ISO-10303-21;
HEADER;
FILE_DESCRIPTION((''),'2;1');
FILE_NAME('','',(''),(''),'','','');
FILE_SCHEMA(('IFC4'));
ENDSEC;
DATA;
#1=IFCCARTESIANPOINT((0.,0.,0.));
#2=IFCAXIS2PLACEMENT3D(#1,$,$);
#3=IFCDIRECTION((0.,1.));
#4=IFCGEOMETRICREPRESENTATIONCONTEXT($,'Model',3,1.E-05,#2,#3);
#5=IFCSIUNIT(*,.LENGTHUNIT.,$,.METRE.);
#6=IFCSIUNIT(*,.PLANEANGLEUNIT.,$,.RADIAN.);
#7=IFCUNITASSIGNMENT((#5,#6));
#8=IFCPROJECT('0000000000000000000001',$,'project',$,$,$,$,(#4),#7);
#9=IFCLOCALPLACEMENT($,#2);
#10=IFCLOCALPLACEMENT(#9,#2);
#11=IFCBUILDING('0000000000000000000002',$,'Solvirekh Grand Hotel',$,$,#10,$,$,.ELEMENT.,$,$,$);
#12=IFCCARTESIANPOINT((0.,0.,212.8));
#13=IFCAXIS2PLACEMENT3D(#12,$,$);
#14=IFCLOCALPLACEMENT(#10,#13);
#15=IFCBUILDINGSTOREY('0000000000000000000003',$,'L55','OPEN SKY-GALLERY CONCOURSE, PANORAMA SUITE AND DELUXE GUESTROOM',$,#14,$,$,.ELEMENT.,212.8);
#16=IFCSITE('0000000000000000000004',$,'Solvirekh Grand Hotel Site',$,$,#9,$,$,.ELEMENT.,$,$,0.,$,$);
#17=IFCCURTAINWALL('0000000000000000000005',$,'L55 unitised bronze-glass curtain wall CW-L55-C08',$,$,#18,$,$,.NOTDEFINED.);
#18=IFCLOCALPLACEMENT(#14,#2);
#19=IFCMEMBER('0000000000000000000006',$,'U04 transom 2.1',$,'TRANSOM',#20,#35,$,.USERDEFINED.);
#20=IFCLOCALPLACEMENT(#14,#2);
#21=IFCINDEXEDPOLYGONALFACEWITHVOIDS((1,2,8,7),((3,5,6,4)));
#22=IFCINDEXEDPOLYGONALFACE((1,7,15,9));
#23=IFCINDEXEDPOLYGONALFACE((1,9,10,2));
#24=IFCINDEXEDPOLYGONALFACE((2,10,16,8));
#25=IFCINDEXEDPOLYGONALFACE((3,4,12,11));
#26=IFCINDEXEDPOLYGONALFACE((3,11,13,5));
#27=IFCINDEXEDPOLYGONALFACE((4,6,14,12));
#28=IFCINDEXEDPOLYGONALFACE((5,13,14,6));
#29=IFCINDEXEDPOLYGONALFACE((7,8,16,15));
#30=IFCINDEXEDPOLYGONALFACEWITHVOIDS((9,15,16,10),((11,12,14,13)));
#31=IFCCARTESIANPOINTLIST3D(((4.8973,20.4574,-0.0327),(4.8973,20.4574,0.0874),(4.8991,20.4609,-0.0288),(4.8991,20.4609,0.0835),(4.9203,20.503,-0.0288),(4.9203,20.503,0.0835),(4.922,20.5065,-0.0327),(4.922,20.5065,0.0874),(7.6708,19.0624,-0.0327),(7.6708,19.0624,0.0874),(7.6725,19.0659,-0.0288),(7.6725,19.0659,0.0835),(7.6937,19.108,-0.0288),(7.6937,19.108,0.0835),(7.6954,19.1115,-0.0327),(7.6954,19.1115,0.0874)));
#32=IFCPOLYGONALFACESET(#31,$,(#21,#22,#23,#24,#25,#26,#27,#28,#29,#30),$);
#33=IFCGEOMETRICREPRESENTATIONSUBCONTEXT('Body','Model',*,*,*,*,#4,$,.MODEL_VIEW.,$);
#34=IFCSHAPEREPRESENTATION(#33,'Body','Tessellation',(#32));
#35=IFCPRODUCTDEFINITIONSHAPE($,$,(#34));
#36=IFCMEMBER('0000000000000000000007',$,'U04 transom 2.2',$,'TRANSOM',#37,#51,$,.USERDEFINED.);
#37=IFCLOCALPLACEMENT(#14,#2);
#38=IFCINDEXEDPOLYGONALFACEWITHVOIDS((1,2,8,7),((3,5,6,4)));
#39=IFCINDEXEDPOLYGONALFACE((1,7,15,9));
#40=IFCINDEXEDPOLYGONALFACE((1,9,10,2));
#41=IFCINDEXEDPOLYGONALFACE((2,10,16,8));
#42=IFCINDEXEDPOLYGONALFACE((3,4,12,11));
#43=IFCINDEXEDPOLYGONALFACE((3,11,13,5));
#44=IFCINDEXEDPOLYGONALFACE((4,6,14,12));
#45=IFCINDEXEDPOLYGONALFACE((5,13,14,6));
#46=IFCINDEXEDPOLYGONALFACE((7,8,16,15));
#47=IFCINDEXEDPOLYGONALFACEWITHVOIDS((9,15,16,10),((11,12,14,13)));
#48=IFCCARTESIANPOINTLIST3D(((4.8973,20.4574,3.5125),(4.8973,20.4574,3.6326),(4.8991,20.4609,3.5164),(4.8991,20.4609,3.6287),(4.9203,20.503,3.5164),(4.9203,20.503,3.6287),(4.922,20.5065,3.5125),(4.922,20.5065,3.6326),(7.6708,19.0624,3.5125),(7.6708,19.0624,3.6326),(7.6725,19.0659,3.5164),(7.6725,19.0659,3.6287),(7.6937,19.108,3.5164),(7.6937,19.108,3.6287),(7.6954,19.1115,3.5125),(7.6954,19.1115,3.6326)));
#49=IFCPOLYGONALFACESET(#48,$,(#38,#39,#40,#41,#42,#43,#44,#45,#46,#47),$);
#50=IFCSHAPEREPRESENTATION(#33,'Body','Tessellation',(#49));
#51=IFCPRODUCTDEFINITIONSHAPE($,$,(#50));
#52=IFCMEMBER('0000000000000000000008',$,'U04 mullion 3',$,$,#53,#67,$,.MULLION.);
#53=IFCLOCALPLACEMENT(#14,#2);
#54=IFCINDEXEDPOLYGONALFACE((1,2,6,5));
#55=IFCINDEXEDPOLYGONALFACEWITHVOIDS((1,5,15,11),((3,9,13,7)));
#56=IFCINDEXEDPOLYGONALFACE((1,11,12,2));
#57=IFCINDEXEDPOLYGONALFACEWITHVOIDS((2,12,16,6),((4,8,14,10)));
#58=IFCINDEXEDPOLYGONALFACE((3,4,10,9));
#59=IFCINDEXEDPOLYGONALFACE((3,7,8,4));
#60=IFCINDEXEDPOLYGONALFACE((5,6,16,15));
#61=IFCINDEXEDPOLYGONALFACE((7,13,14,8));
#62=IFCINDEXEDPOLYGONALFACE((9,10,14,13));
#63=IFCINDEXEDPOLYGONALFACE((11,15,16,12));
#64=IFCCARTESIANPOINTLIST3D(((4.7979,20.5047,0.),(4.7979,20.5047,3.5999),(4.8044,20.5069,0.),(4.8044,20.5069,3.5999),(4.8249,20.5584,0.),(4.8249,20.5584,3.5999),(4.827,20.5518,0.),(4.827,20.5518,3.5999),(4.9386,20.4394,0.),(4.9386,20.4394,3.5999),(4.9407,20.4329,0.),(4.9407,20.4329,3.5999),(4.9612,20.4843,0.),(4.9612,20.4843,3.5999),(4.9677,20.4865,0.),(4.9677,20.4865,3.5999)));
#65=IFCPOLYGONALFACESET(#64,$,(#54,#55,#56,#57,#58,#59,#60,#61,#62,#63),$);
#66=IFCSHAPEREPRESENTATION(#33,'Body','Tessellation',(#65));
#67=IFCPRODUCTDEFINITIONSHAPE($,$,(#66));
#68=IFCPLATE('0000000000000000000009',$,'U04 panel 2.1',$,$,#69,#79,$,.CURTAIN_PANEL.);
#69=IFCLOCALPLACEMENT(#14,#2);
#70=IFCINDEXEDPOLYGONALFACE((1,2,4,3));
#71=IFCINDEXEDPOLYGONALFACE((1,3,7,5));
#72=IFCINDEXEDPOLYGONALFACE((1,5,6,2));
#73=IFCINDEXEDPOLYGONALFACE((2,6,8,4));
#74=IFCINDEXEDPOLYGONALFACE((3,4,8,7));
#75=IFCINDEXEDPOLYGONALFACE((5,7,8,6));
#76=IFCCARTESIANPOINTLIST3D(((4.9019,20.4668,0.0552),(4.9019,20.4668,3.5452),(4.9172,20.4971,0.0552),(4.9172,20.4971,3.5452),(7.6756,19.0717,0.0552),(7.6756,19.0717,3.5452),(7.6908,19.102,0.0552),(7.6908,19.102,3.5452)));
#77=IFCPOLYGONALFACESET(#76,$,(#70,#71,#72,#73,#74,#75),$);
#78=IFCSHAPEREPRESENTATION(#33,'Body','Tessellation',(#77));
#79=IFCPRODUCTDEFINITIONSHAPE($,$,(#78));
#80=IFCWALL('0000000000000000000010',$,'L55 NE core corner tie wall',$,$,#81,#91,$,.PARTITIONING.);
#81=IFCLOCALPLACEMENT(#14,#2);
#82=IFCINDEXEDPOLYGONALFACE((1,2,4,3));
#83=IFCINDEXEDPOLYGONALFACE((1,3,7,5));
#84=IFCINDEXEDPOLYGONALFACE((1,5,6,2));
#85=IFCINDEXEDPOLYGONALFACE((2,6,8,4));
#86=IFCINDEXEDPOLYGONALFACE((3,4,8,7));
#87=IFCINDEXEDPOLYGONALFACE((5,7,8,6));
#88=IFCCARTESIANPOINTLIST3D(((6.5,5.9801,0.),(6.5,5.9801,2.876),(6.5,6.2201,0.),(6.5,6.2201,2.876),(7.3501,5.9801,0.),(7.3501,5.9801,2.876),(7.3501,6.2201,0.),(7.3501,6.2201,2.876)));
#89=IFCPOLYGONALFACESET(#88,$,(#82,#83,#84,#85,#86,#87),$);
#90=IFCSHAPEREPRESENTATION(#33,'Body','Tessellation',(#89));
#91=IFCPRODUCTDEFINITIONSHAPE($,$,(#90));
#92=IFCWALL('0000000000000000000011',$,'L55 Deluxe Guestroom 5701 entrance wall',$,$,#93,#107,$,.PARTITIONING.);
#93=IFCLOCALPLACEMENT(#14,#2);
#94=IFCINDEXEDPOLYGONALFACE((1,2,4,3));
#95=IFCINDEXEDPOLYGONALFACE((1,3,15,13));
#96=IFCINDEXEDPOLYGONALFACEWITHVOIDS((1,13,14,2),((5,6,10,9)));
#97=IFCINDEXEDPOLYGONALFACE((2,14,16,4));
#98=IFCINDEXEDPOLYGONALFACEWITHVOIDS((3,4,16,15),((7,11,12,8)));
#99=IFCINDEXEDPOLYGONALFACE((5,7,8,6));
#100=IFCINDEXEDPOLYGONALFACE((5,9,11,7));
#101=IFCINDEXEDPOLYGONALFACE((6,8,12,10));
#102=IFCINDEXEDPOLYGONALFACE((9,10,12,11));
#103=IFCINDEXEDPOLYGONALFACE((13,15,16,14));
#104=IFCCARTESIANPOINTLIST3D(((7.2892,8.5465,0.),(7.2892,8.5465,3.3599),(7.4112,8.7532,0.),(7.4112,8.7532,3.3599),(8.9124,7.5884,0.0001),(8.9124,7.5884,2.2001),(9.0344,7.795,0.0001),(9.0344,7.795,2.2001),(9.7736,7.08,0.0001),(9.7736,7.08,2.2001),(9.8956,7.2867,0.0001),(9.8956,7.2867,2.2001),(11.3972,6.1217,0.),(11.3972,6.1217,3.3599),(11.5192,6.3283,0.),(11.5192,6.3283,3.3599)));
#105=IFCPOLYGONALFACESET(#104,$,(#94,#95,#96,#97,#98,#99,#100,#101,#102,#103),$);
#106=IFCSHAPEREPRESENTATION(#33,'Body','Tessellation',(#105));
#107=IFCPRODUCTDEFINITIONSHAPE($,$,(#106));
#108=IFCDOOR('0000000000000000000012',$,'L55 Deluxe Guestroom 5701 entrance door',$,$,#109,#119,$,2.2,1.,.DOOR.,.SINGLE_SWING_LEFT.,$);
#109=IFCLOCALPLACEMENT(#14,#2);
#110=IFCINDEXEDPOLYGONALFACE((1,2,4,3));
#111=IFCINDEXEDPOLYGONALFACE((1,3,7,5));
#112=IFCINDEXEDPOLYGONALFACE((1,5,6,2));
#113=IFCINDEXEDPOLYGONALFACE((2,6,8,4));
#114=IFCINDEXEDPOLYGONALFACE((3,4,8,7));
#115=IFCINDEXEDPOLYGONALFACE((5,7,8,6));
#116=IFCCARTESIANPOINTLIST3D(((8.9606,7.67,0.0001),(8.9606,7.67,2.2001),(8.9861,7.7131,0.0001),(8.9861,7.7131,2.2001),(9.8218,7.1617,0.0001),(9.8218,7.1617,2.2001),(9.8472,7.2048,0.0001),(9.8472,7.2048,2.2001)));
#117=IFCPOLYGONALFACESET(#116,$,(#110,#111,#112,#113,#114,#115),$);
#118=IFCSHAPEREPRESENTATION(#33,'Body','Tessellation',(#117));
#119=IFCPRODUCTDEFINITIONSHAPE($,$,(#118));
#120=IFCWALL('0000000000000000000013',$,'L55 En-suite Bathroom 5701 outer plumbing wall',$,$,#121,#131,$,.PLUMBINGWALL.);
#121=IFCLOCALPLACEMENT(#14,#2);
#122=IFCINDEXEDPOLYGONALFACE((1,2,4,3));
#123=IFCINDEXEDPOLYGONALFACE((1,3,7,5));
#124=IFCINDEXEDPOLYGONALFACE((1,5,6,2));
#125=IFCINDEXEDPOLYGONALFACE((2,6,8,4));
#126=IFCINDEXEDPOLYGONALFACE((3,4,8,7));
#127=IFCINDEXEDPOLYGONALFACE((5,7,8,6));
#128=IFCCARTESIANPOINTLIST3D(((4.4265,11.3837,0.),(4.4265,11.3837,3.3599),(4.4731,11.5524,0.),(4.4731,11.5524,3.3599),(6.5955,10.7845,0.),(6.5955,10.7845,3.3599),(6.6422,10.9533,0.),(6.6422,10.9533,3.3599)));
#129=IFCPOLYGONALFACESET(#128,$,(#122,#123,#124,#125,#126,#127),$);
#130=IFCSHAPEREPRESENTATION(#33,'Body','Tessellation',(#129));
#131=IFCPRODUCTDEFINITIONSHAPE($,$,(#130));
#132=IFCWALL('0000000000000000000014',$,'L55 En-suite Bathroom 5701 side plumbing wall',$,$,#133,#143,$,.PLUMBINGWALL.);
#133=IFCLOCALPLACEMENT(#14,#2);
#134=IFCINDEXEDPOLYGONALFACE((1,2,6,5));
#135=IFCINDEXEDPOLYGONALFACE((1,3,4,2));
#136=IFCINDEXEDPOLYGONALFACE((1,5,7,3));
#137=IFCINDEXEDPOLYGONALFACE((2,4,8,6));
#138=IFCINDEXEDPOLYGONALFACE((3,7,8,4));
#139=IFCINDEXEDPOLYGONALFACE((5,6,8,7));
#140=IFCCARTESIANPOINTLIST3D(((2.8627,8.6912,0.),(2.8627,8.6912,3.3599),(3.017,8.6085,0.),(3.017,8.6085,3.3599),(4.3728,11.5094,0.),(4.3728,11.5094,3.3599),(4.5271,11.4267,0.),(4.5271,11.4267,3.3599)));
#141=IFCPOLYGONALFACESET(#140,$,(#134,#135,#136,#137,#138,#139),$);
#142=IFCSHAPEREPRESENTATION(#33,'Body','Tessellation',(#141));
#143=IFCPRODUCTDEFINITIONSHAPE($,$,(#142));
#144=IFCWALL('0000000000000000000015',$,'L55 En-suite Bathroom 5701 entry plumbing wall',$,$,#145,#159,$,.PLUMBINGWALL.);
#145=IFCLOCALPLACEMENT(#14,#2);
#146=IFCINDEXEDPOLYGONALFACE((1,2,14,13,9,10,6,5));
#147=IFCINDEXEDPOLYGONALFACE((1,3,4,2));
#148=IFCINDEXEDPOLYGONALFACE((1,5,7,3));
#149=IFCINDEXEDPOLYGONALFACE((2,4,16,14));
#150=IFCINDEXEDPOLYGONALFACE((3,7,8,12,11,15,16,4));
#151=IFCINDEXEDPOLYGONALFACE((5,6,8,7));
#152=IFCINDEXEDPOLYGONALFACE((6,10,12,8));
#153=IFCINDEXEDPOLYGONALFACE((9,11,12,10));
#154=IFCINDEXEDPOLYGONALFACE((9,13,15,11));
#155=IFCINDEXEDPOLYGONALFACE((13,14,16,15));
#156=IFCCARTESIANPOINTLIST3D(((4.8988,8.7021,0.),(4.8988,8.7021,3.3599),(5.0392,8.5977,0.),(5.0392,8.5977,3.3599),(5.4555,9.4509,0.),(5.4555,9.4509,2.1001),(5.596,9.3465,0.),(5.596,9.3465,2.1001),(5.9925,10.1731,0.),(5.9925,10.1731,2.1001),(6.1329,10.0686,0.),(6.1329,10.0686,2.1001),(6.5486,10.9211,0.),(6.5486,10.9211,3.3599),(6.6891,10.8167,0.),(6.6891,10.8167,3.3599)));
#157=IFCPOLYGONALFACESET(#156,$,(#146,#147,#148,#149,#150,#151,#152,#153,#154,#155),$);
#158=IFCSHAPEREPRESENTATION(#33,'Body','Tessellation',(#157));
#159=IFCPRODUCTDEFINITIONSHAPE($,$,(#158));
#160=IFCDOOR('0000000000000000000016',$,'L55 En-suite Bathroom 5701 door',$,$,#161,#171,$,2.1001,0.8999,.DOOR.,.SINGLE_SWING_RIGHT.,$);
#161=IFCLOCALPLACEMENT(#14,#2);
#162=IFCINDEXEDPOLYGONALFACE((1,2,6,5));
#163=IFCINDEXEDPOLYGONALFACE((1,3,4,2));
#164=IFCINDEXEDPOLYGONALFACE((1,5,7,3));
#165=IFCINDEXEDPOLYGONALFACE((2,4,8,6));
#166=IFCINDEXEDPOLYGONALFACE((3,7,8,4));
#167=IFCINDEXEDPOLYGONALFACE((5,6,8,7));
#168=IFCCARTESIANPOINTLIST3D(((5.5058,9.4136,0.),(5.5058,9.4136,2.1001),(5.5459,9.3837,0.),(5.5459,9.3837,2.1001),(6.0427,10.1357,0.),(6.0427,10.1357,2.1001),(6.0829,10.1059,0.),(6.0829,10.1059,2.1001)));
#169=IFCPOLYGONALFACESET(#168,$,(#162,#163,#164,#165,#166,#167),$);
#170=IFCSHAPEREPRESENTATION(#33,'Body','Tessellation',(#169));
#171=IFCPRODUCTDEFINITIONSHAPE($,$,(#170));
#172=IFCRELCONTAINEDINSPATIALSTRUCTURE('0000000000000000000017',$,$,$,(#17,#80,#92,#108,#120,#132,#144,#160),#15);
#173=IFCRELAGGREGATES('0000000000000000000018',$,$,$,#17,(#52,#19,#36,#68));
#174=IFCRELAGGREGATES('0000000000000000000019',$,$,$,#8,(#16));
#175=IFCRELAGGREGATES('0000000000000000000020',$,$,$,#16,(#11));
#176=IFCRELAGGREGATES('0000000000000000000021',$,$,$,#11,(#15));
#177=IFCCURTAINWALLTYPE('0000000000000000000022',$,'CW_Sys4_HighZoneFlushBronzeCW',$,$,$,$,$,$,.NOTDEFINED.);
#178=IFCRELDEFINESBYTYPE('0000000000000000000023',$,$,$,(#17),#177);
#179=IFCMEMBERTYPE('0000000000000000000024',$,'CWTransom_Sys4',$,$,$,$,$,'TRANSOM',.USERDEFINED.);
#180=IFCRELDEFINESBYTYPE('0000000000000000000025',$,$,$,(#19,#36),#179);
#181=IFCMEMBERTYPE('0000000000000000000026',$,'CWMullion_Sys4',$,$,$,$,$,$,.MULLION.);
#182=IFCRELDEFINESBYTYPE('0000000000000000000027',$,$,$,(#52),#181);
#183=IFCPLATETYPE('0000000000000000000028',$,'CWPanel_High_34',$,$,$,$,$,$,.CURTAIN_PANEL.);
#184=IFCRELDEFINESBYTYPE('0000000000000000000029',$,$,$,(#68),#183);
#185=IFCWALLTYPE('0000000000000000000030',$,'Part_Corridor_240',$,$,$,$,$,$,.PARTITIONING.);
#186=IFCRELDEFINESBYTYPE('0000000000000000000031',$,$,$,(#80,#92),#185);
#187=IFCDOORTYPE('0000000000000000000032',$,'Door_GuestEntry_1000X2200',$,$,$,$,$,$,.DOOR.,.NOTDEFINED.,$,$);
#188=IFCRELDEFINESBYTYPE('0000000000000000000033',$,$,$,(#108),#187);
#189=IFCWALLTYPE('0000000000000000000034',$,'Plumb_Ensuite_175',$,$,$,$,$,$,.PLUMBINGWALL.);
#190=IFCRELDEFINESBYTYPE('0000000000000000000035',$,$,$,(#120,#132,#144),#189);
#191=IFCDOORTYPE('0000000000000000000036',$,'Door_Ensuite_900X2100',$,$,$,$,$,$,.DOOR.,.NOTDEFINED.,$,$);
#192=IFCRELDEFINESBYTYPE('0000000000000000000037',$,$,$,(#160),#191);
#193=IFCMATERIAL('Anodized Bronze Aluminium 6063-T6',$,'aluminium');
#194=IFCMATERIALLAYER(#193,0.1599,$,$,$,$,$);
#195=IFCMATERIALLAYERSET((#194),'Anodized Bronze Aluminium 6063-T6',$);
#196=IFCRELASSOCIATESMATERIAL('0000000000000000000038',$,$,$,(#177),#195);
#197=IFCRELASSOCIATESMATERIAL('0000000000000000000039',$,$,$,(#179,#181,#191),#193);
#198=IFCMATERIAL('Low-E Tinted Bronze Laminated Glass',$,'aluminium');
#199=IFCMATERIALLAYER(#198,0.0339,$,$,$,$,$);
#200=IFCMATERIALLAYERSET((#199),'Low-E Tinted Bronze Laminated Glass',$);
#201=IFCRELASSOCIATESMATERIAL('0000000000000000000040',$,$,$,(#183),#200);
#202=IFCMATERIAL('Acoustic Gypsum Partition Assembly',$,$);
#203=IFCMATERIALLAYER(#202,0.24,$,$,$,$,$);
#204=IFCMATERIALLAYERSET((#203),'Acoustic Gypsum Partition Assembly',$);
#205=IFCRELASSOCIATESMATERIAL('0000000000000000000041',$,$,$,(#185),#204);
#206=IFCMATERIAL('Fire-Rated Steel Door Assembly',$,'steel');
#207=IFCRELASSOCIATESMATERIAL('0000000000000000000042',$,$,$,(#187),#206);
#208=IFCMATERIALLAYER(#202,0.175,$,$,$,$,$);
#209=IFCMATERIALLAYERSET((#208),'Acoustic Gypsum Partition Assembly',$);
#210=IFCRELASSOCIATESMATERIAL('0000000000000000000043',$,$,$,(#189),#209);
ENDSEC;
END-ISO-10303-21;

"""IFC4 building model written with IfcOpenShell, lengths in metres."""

from ifc_helpers import new_model, si_unit, direction, frame, frame_2d, origin, origin_2d, place, context, subcontext, project, spatial, rectangle, hollow_rectangle, extrude, source, transform, mapped, material, layer, layer_set, material_profile, profile_set, type_object, element, fill, aggregate, save


model = new_model("IFC4")

# Units and contexts
model_context = context("Model", 3, precision=1e-05, world=origin(), true_north=direction((0.0, 1.0)))
body_context = subcontext(model_context, "Body", "Model", "MODEL_VIEW")
ifc_project = project(units=[si_unit("LENGTHUNIT", "METRE"), si_unit("PLANEANGLEUNIT", "RADIAN")], contexts=[model_context])

# Site, building, storey
site_placement = place(None, origin())
site = spatial("IfcSite", under=ifc_project, at=site_placement, Name="Solvirekh Grand Hotel Site", CompositionType="ELEMENT", RefElevation=0.0)
building_placement = place(site_placement, origin())
building = spatial("IfcBuilding", under=site, at=building_placement, Name="Solvirekh Grand Hotel", CompositionType="ELEMENT")
storey_placement = place(building_placement, frame((0.0, 0.0, 212.8)))
storey = spatial("IfcBuildingStorey", under=building, at=storey_placement, Name="L55", Description="OPEN SKY-GALLERY CONCOURSE, PANORAMA SUITE AND DELUXE GUESTROOM", CompositionType="ELEMENT", Elevation=212.8)

# Curtain wall, members, plate
ifc_material_1 = material(Name="Anodized Bronze Aluminium 6063-T6", Category="aluminium")
ifc_layer_1 = layer(ifc_material_1, 0.1599)
ifc_layer_set_1 = layer_set([ifc_layer_1], Name="Anodized Bronze Aluminium 6063-T6")
curtain_wall_type = type_object("IfcCurtainWallType", Name="CW_Sys4_HighZoneFlushBronzeCW", PredefinedType="NOTDEFINED", material=ifc_layer_set_1)
curtain_wall_placement = place(storey_placement, origin())
curtain_wall = element("IfcCurtainWall", 1, at=curtain_wall_placement, inside=storey, type_object=curtain_wall_type, Name="L55 unitised bronze-glass curtain wall CW-L55-C08", PredefinedType="NOTDEFINED")
ifc_material_profile_1 = material_profile(ifc_material_1, hollow_rectangle(XDim=0.0549, YDim=0.1201, WallThickness=0.0039, at=origin_2d()), Name="ALU RHS 120X55X4")
ifc_profile_set_1 = profile_set([ifc_material_profile_1], Name="Anodized Bronze Aluminium 6063-T6")
member_type_1 = type_object("IfcMemberType", Name="CWTransom_Sys4", ElementType="TRANSOM", PredefinedType="USERDEFINED", material=ifc_profile_set_1)
shared_shape_1 = source(origin(), body_context, "Body", "SweptSolid", [
    extrude(hollow_rectangle(XDim=0.0549, YDim=0.1201, WallThickness=0.0039, at=origin_2d()), origin(), (0.0, 0.0, 1.0), 3.1045),
])
member_1_placement = place(storey_placement, frame((7.6831, 19.0869, 0.0273), z_axis=(-0.893355, 0.449351, 0.0), x_axis=(-0.449351, -0.893355, 0.0)))
member_1 = element("IfcMember", 2, at=member_1_placement, type_object=member_type_1, Name="U04 transom 2.1", ObjectType="TRANSOM", PredefinedType="USERDEFINED", context=body_context, shape_type="MappedRepresentation", body=[
    mapped(shared_shape_1, transform((0.0, 0.0, 0.0), x_axis=(1.0, 0.0, 0.0), y_axis=(0.0, 1.0, 0.0), z_axis=(0.0, 0.0, 1.0), scale=1.0)),
])
member_2_placement = place(storey_placement, frame((7.6831, 19.0869, 3.5725), z_axis=(-0.893355, 0.449351, 0.0), x_axis=(-0.449351, -0.893355, 0.0)))
member_2 = element("IfcMember", 3, at=member_2_placement, type_object=member_type_1, Name="U04 transom 2.2", ObjectType="TRANSOM", PredefinedType="USERDEFINED", context=body_context, shape_type="MappedRepresentation", body=[
    mapped(shared_shape_1, transform((0.0, 0.0, 0.0), x_axis=(1.0, 0.0, 0.0), y_axis=(0.0, 1.0, 0.0), z_axis=(0.0, 0.0, 1.0), scale=1.0)),
])
ifc_material_profile_2 = material_profile(ifc_material_1, hollow_rectangle(XDim=0.0601, YDim=0.1599, WallThickness=0.0049, at=origin_2d()), Name="ALU RHS 160X60X5")
ifc_profile_set_2 = profile_set([ifc_material_profile_2], Name="Anodized Bronze Aluminium 6063-T6")
member_type_2 = type_object("IfcMemberType", Name="CWMullion_Sys4", PredefinedType="MULLION", material=ifc_profile_set_2)
shared_shape_2 = source(origin(), body_context, "Body", "SweptSolid", [
    extrude(hollow_rectangle(XDim=0.0601, YDim=0.1599, WallThickness=0.0049, at=origin_2d()), origin(), (0.0, 0.0, 1.0), 3.5999),
])
member_3_placement = place(storey_placement, frame((4.8828, 20.4956, 0.0), z_axis=(0.0, 0.0, 1.0), x_axis=(-0.449341, -0.89336, 0.0)))
member_3 = element("IfcMember", 4, at=member_3_placement, type_object=member_type_2, Name="U04 mullion 3", PredefinedType="MULLION", context=body_context, shape_type="MappedRepresentation", body=[
    mapped(shared_shape_2, transform((0.0, 0.0, 0.0), x_axis=(1.0, 0.0, 0.0), y_axis=(0.0, 1.0, 0.0), z_axis=(0.0, 0.0, 1.0), scale=1.0)),
])
ifc_material_2 = material(Name="Low-E Tinted Bronze Laminated Glass", Category="aluminium")
ifc_layer_2 = layer(ifc_material_2, 0.0339)
ifc_layer_set_2 = layer_set([ifc_layer_2], Name="Low-E Tinted Bronze Laminated Glass")
plate_type = type_object("IfcPlateType", Name="CWPanel_High_34", PredefinedType="CURTAIN_PANEL", material=ifc_layer_set_2)
shared_shape_3 = source(origin(), body_context, "Body", "SweptSolid", [
    extrude(rectangle(XDim=3.1047, YDim=0.0339, at=origin_2d()), origin(), (0.0, 0.0, 1.0), 3.49),
])
plate_placement = place(storey_placement, frame((6.2964, 19.7844, 0.0552), z_axis=(0.0, 0.0, 1.0), x_axis=(-0.89336, 0.449341, 0.0)))
plate = element("IfcPlate", 5, at=plate_placement, type_object=plate_type, Name="U04 panel 2.1", PredefinedType="CURTAIN_PANEL", context=body_context, shape_type="MappedRepresentation", body=[
    mapped(shared_shape_3, transform((0.0, 0.0, 0.0), x_axis=(1.0, 0.0, 0.0), y_axis=(0.0, 1.0, 0.0), z_axis=(0.0, 0.0, 1.0), scale=1.0)),
])
aggregate(curtain_wall, [member_3, member_1, member_2, plate])

# Wall
ifc_material_3 = material(Name="Acoustic Gypsum Partition Assembly")
ifc_layer_3 = layer(ifc_material_3, 0.24)
ifc_layer_set_3 = layer_set([ifc_layer_3], Name="Acoustic Gypsum Partition Assembly")
wall_type_1 = type_object("IfcWallType", Name="Part_Corridor_240", PredefinedType="PARTITIONING", material=ifc_layer_set_3)
wall_1_placement = place(storey_placement, frame((6.5, 6.1001, 0.0), z_axis=(0.0, 0.0, 1.0), x_axis=(1.0, 0.0, 0.0)))
element("IfcWall", 6, at=wall_1_placement, inside=storey, type_object=wall_type_1, Name="L55 NE core corner tie wall", PredefinedType="PARTITIONING", context=body_context, shape_type="SweptSolid", body=[
    extrude(rectangle(XDim=0.8501, YDim=0.24, at=frame_2d((0.425, 0.0))), origin(), (0.0, 0.0, 1.0), 2.876),
])

# Wall, opening, door
wall_2_placement = place(storey_placement, frame((7.3501, 8.6499, 0.0), z_axis=(0.0, 0.0, 1.0), x_axis=(0.861165, -0.508326, 0.0)))
wall_2 = element("IfcWall", 7, at=wall_2_placement, inside=storey, type_object=wall_type_1, Name="L55 Deluxe Guestroom 5701 entrance wall", PredefinedType="PARTITIONING", context=body_context, shape_type="SweptSolid", body=[
    extrude(rectangle(XDim=4.7703, YDim=0.24, at=frame_2d((2.3853, 0.0))), origin(), (0.0, 0.0, 1.0), 3.3599),
])
opening_1_placement = place(wall_2_placement, frame((1.885, 0.0, 0.0)))
opening_1 = element("IfcOpeningElement", 8, at=opening_1_placement, cuts=wall_2, PredefinedType="OPENING", context=body_context, shape_type="SweptSolid", body=[
    extrude(rectangle(XDim=1.0, YDim=2.2, at=frame_2d((0.5, 1.1001))), frame((0.0, 0.1299, 0.0), z_axis=(0.0, -1.0, 0.0), x_axis=(1.0, 0.0, 0.0)), (0.0, 0.0, 1.0), 0.26),
])
ifc_material_4 = material(Name="Fire-Rated Steel Door Assembly", Category="steel")
door_type_1 = type_object("IfcDoorType", Name="Door_GuestEntry_1000X2200", OperationType="NOTDEFINED", PredefinedType="DOOR", material=ifc_material_4)
door_1_placement = place(opening_1_placement, origin())
door_1 = element("IfcDoor", 9, at=door_1_placement, inside=storey, type_object=door_type_1, Name="L55 Deluxe Guestroom 5701 entrance door", OperationType="SINGLE_SWING_LEFT", OverallHeight=2.2, OverallWidth=1.0, PredefinedType="DOOR", context=body_context, shape_type="SweptSolid", body=[
    extrude(rectangle(XDim=1.0, YDim=2.2, at=frame_2d((0.5, 1.1001))), frame((0.0, 0.0249, 0.0), z_axis=(0.0, -1.0, 0.0), x_axis=(1.0, 0.0, 0.0)), (0.0, 0.0, 1.0), 0.05),
])
fill(opening_1, door_1)

# Walls
ifc_layer_4 = layer(ifc_material_3, 0.175)
ifc_layer_set_4 = layer_set([ifc_layer_4], Name="Acoustic Gypsum Partition Assembly")
wall_type_2 = type_object("IfcWallType", Name="Plumb_Ensuite_175", PredefinedType="PLUMBINGWALL", material=ifc_layer_set_4)
wall_3_placement = place(storey_placement, frame((4.45, 11.468, 0.0), z_axis=(0.0, 0.0, 1.0), x_axis=(0.963902, -0.266256, 0.0)))
element("IfcWall", 10, at=wall_3_placement, inside=storey, type_object=wall_type_2, Name="L55 En-suite Bathroom 5701 outer plumbing wall", PredefinedType="PLUMBINGWALL", context=body_context, shape_type="SweptSolid", body=[
    extrude(rectangle(XDim=2.2502, YDim=0.175, at=frame_2d((1.125, 0.0))), origin(), (0.0, 0.0, 1.0), 3.3599),
])
wall_4_placement = place(storey_placement, frame((4.45, 11.468, 0.0), z_axis=(0.0, 0.0, 1.0), x_axis=(-0.472296, -0.88144, 0.0)))
element("IfcWall", 11, at=wall_4_placement, inside=storey, type_object=wall_type_2, Name="L55 En-suite Bathroom 5701 side plumbing wall", PredefinedType="PLUMBINGWALL", context=body_context, shape_type="SweptSolid", body=[
    extrude(rectangle(XDim=3.1973, YDim=0.175, at=frame_2d((1.5986, 0.0))), origin(), (0.0, 0.0, 1.0), 3.3599),
])

# Wall, opening, door
wall_5_placement = place(storey_placement, frame((4.969, 8.6499, 0.0), z_axis=(0.0, 0.0, 1.0), x_axis=(0.596675, 0.802483, 0.0)))
wall_5 = element("IfcWall", 12, at=wall_5_placement, inside=storey, type_object=wall_type_2, Name="L55 En-suite Bathroom 5701 entry plumbing wall", PredefinedType="PLUMBINGWALL", context=body_context, shape_type="SweptSolid", body=[
    extrude(rectangle(XDim=2.7651, YDim=0.175, at=frame_2d((1.3826, 0.0))), origin(), (0.0, 0.0, 1.0), 3.3599),
])
opening_2_placement = place(wall_5_placement, frame((0.9331, 0.0, 0.0)))
opening_2 = element("IfcOpeningElement", 13, at=opening_2_placement, cuts=wall_5, PredefinedType="OPENING", context=body_context, shape_type="SweptSolid", body=[
    extrude(rectangle(XDim=0.8999, YDim=2.1001, at=frame_2d((0.45, 1.05))), frame((0.0, 0.0977, 0.0), z_axis=(0.0, -1.0, 0.0), x_axis=(1.0, 0.0, 0.0)), (0.0, 0.0, 1.0), 0.1951),
])
door_type_2 = type_object("IfcDoorType", Name="Door_Ensuite_900X2100", OperationType="NOTDEFINED", PredefinedType="DOOR", material=ifc_material_1)
door_2_placement = place(opening_2_placement, origin())
door_2 = element("IfcDoor", 14, at=door_2_placement, inside=storey, type_object=door_type_2, Name="L55 En-suite Bathroom 5701 door", OperationType="SINGLE_SWING_RIGHT", OverallHeight=2.1001, OverallWidth=0.8999, PredefinedType="DOOR", context=body_context, shape_type="SweptSolid", body=[
    extrude(rectangle(XDim=0.8999, YDim=2.1001, at=frame_2d((0.45, 1.05))), frame((0.0, 0.0249, 0.0), z_axis=(0.0, -1.0, 0.0), x_axis=(1.0, 0.0, 0.0)), (0.0, 0.0, 1.0), 0.05),
])
fill(opening_2, door_2)

save(model, "model.ifc")
